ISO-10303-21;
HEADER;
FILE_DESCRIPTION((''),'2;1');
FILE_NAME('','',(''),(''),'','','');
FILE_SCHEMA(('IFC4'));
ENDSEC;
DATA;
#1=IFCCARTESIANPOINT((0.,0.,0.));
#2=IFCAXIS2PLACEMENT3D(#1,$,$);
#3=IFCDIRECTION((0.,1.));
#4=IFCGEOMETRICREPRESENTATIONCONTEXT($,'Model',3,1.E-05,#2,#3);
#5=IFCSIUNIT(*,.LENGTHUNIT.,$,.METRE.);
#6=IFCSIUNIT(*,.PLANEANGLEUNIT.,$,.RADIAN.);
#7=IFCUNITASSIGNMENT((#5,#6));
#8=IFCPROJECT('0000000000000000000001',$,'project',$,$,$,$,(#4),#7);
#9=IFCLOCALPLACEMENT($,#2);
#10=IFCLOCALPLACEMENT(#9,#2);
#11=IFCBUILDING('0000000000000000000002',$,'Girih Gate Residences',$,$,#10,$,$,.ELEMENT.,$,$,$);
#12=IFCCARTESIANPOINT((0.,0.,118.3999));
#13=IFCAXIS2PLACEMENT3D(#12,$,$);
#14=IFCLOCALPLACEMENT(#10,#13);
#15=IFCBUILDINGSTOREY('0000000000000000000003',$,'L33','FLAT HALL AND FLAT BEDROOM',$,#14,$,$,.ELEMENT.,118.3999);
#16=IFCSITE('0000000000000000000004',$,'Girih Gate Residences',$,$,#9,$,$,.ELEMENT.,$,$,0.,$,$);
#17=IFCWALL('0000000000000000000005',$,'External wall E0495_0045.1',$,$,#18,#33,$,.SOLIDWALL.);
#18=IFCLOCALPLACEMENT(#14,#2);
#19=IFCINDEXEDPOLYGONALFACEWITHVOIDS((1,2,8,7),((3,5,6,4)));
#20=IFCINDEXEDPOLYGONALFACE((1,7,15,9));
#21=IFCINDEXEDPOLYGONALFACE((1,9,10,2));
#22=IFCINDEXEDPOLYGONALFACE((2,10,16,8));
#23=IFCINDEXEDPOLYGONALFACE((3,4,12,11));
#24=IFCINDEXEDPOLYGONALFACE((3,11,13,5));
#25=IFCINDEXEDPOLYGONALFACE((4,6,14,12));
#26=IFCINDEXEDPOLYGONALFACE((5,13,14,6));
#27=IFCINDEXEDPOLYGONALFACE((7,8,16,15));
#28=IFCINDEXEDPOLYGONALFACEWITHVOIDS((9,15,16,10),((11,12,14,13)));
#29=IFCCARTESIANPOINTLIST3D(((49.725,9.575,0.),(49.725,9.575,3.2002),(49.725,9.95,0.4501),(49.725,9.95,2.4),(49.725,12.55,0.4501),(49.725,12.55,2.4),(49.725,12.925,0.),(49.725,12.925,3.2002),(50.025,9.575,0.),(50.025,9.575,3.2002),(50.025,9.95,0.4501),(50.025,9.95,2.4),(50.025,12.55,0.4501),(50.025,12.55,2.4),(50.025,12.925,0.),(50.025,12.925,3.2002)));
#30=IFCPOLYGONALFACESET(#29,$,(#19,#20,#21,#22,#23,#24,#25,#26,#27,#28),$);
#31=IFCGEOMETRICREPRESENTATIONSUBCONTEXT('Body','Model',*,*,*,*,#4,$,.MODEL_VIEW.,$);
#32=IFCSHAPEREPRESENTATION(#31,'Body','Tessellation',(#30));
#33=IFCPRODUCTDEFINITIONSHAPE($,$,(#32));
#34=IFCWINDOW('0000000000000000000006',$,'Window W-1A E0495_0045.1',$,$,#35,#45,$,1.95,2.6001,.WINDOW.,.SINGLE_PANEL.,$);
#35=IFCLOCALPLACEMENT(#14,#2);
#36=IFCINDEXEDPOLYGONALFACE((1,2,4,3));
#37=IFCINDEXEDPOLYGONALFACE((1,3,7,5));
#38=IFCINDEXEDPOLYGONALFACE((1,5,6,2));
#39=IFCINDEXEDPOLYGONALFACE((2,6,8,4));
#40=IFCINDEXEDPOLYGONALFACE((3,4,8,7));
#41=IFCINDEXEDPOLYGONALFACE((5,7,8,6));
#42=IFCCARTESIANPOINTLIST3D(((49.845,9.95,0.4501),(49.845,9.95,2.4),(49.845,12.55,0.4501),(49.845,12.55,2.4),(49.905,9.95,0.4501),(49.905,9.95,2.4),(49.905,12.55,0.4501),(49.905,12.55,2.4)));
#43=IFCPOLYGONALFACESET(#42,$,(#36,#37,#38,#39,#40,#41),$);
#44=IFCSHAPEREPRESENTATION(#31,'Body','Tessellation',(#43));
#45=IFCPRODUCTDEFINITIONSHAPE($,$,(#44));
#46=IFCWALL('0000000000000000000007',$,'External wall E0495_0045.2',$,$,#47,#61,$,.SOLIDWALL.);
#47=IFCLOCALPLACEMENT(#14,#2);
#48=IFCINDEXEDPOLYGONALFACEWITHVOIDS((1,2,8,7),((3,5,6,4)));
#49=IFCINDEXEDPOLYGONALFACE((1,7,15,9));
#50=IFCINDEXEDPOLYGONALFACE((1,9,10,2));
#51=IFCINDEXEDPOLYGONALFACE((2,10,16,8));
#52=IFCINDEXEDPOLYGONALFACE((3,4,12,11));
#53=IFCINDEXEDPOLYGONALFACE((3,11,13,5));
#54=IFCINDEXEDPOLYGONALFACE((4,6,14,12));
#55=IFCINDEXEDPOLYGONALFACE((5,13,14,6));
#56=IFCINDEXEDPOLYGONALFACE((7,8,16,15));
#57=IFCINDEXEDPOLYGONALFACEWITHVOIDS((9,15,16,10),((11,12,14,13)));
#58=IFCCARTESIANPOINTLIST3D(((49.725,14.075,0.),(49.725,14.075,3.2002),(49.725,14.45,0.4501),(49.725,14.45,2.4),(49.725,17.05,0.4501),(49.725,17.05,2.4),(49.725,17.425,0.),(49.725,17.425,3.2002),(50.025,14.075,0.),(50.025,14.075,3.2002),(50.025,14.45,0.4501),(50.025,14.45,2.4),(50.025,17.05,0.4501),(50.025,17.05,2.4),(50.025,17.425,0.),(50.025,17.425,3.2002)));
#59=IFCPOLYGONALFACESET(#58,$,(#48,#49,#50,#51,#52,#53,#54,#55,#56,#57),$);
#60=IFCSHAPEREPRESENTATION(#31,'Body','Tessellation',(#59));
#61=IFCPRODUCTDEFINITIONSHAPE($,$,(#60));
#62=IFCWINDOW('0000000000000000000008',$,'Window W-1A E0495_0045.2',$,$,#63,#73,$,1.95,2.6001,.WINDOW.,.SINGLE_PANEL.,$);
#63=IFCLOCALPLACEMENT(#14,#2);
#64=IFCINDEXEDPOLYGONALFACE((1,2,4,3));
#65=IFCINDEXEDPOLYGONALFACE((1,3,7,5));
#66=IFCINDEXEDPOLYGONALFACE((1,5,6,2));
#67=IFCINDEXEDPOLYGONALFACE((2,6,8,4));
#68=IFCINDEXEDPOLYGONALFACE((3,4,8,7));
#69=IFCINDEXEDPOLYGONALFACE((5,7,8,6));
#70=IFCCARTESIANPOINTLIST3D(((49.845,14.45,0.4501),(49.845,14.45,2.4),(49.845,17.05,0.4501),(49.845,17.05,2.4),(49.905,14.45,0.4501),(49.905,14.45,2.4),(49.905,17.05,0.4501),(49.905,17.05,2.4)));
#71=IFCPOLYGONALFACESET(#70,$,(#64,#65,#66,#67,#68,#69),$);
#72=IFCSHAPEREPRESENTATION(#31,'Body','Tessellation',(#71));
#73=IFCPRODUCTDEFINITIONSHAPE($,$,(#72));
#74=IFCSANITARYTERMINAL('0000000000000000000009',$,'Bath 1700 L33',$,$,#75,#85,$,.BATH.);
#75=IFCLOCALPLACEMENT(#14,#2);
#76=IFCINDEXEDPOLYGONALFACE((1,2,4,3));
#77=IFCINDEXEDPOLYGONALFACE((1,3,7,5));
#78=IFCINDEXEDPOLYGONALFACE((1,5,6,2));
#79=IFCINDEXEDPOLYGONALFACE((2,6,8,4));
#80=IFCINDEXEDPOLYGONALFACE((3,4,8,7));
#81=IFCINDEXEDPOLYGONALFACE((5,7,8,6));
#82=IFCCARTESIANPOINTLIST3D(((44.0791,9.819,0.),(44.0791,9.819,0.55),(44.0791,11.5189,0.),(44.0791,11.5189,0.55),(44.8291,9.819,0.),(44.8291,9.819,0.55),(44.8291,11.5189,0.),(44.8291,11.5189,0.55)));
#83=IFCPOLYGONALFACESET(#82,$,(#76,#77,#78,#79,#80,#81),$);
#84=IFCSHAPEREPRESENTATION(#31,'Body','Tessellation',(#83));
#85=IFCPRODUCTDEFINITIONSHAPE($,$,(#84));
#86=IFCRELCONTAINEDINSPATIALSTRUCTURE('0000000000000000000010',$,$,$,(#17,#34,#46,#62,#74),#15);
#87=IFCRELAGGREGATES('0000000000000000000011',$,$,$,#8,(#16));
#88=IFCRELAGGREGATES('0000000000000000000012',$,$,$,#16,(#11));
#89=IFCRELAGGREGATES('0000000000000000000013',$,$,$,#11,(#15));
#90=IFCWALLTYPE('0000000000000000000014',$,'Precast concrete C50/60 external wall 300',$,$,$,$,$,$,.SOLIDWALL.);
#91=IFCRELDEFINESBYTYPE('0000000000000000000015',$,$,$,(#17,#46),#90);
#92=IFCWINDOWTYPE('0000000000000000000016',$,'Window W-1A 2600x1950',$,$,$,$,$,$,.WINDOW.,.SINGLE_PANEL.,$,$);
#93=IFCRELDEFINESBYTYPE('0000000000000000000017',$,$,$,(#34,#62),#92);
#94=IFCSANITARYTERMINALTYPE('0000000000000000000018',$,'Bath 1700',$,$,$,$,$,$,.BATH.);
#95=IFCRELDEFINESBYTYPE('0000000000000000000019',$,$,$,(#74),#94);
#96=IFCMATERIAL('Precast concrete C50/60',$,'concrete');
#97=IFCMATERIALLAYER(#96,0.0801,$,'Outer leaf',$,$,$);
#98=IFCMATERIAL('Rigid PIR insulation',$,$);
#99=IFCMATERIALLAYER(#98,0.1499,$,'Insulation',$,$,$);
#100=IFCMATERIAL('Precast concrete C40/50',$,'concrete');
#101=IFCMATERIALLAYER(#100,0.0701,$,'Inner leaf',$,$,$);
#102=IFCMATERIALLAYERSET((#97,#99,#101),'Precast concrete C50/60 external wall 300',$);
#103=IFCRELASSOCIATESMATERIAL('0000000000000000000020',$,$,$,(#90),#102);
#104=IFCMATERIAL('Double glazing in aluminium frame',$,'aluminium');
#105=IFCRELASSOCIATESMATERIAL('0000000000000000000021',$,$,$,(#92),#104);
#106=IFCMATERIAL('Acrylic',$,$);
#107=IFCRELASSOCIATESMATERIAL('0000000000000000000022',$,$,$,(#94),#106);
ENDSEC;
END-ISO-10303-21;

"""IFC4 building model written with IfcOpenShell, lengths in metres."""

from ifc_helpers import new_model, si_unit, direction, frame, frame_2d, origin, origin_2d, place, context, subcontext, project, spatial, rectangle, extrude, material, layer, layer_set, type_object, element, fill, save


model = new_model("IFC4")

# Units and contexts
model_context = context("Model", 3, precision=1e-05, world=origin(), true_north=direction((0.0, 1.0)))
body_context = subcontext(model_context, "Body", "Model", "MODEL_VIEW")
ifc_project = project(units=[si_unit("LENGTHUNIT", "METRE"), si_unit("PLANEANGLEUNIT", "RADIAN")], contexts=[model_context])

# Site, building, storey
site_placement = place(None, origin())
site = spatial("IfcSite", under=ifc_project, at=site_placement, Name="Girih Gate Residences", CompositionType="ELEMENT", RefElevation=0.0)
building_placement = place(site_placement, origin())
building = spatial("IfcBuilding", under=site, at=building_placement, Name="Girih Gate Residences", CompositionType="ELEMENT")
storey_placement = place(building_placement, frame((0.0, 0.0, 118.3999)))
storey = spatial("IfcBuildingStorey", under=building, at=storey_placement, Name="L33", Description="FLAT HALL AND FLAT BEDROOM", CompositionType="ELEMENT", Elevation=118.3999)

# Walls, openings, windows
ifc_material_1 = material(Name="Precast concrete C50/60", Category="concrete")
ifc_layer_1 = layer(ifc_material_1, 0.0801, Name="Outer leaf")
ifc_material_2 = material(Name="Rigid PIR insulation")
ifc_layer_2 = layer(ifc_material_2, 0.1499, Name="Insulation")
ifc_material_3 = material(Name="Precast concrete C40/50", Category="concrete")
ifc_layer_3 = layer(ifc_material_3, 0.0701, Name="Inner leaf")
ifc_layer_set_1 = layer_set([ifc_layer_1, ifc_layer_2, ifc_layer_3], Name="Precast concrete C50/60 external wall 300")
wall_type_1 = type_object("IfcWallType", Name="Precast concrete C50/60 external wall 300", PredefinedType="SOLIDWALL", material=ifc_layer_set_1)
ifc_material_4 = material(Name="Double glazing in aluminium frame", Category="aluminium")
window_type = type_object("IfcWindowType", Name="Window W-1A 2600x1950", PartitioningType="SINGLE_PANEL", PredefinedType="WINDOW", material=ifc_material_4)
wall_1_placement = place(storey_placement, frame((49.875, 12.925, 0.0), z_axis=(0.0, 0.0, 1.0), x_axis=(0.0, -1.0, 0.0)))
wall_1 = element("IfcWall", 1, at=wall_1_placement, inside=storey, type_object=wall_type_1, Name="External wall E0495_0045.1", PredefinedType="SOLIDWALL", context=body_context, shape_type="SweptSolid", body=[
    extrude(rectangle(XDim=3.3501, YDim=0.3, at=frame_2d((1.675, 0.0))), origin(), (0.0, 0.0, 1.0), 3.2002),
])
opening_1_placement = place(wall_1_placement, frame((0.375, 0.0, 0.45)))
opening_1 = element("IfcOpeningElement", 2, at=opening_1_placement, cuts=wall_1, PredefinedType="OPENING", context=body_context, shape_type="SweptSolid", body=[
    extrude(rectangle(XDim=2.6001, YDim=1.95, at=frame_2d((1.3, 0.9751))), frame((0.0, 0.1599, 0.0), z_axis=(0.0, -1.0, 0.0), x_axis=(1.0, 0.0, 0.0)), (0.0, 0.0, 1.0), 0.3201),
])
window_1_placement = place(opening_1_placement, origin())
window_1 = element("IfcWindow", 3, at=window_1_placement, inside=storey, type_object=window_type, Name="Window W-1A E0495_0045.1", OverallHeight=1.95, OverallWidth=2.6001, PartitioningType="SINGLE_PANEL", PredefinedType="WINDOW", context=body_context, shape_type="SweptSolid", body=[
    extrude(rectangle(XDim=2.6001, YDim=1.95, at=frame_2d((1.3, 0.9751))), frame((0.0, 0.03, 0.0), z_axis=(0.0, -1.0, 0.0), x_axis=(1.0, 0.0, 0.0)), (0.0, 0.0, 1.0), 0.0601),
])
fill(opening_1, window_1)
wall_2_placement = place(storey_placement, frame((49.875, 17.425, 0.0), z_axis=(0.0, 0.0, 1.0), x_axis=(0.0, -1.0, 0.0)))
wall_2 = element("IfcWall", 4, at=wall_2_placement, inside=storey, type_object=wall_type_1, Name="External wall E0495_0045.2", PredefinedType="SOLIDWALL", context=body_context, shape_type="SweptSolid", body=[
    extrude(rectangle(XDim=3.3501, YDim=0.3, at=frame_2d((1.675, 0.0))), origin(), (0.0, 0.0, 1.0), 3.2002),
])
opening_2_placement = place(wall_2_placement, frame((0.375, 0.0, 0.45)))
opening_2 = element("IfcOpeningElement", 5, at=opening_2_placement, cuts=wall_2, PredefinedType="OPENING", context=body_context, shape_type="SweptSolid", body=[
    extrude(rectangle(XDim=2.6001, YDim=1.95, at=frame_2d((1.3, 0.9751))), frame((0.0, 0.1599, 0.0), z_axis=(0.0, -1.0, 0.0), x_axis=(1.0, 0.0, 0.0)), (0.0, 0.0, 1.0), 0.3201),
])
window_2_placement = place(opening_2_placement, origin())
window_2 = element("IfcWindow", 6, at=window_2_placement, inside=storey, type_object=window_type, Name="Window W-1A E0495_0045.2", OverallHeight=1.95, OverallWidth=2.6001, PartitioningType="SINGLE_PANEL", PredefinedType="WINDOW", context=body_context, shape_type="SweptSolid", body=[
    extrude(rectangle(XDim=2.6001, YDim=1.95, at=frame_2d((1.3, 0.9751))), frame((0.0, 0.03, 0.0), z_axis=(0.0, -1.0, 0.0), x_axis=(1.0, 0.0, 0.0)), (0.0, 0.0, 1.0), 0.0601),
])
fill(opening_2, window_2)

# Sanitary terminal
ifc_material_5 = material(Name="Acrylic")
sanitary_terminal_type = type_object("IfcSanitaryTerminalType", Name="Bath 1700", PredefinedType="BATH", material=ifc_material_5)
sanitary_terminal_placement = place(storey_placement, frame((44.4541, 10.6689, 0.0), z_axis=(0.0, 0.0, 1.0), x_axis=(1.0, 0.0, 0.0)))
element("IfcSanitaryTerminal", 7, at=sanitary_terminal_placement, inside=storey, type_object=sanitary_terminal_type, Name="Bath 1700 L33", PredefinedType="BATH", context=body_context, shape_type="SweptSolid", body=[
    extrude(rectangle(XDim=0.75, YDim=1.7, at=origin_2d()), origin(), (0.0, 0.0, 1.0), 0.55),
])

save(model, "model.ifc")
